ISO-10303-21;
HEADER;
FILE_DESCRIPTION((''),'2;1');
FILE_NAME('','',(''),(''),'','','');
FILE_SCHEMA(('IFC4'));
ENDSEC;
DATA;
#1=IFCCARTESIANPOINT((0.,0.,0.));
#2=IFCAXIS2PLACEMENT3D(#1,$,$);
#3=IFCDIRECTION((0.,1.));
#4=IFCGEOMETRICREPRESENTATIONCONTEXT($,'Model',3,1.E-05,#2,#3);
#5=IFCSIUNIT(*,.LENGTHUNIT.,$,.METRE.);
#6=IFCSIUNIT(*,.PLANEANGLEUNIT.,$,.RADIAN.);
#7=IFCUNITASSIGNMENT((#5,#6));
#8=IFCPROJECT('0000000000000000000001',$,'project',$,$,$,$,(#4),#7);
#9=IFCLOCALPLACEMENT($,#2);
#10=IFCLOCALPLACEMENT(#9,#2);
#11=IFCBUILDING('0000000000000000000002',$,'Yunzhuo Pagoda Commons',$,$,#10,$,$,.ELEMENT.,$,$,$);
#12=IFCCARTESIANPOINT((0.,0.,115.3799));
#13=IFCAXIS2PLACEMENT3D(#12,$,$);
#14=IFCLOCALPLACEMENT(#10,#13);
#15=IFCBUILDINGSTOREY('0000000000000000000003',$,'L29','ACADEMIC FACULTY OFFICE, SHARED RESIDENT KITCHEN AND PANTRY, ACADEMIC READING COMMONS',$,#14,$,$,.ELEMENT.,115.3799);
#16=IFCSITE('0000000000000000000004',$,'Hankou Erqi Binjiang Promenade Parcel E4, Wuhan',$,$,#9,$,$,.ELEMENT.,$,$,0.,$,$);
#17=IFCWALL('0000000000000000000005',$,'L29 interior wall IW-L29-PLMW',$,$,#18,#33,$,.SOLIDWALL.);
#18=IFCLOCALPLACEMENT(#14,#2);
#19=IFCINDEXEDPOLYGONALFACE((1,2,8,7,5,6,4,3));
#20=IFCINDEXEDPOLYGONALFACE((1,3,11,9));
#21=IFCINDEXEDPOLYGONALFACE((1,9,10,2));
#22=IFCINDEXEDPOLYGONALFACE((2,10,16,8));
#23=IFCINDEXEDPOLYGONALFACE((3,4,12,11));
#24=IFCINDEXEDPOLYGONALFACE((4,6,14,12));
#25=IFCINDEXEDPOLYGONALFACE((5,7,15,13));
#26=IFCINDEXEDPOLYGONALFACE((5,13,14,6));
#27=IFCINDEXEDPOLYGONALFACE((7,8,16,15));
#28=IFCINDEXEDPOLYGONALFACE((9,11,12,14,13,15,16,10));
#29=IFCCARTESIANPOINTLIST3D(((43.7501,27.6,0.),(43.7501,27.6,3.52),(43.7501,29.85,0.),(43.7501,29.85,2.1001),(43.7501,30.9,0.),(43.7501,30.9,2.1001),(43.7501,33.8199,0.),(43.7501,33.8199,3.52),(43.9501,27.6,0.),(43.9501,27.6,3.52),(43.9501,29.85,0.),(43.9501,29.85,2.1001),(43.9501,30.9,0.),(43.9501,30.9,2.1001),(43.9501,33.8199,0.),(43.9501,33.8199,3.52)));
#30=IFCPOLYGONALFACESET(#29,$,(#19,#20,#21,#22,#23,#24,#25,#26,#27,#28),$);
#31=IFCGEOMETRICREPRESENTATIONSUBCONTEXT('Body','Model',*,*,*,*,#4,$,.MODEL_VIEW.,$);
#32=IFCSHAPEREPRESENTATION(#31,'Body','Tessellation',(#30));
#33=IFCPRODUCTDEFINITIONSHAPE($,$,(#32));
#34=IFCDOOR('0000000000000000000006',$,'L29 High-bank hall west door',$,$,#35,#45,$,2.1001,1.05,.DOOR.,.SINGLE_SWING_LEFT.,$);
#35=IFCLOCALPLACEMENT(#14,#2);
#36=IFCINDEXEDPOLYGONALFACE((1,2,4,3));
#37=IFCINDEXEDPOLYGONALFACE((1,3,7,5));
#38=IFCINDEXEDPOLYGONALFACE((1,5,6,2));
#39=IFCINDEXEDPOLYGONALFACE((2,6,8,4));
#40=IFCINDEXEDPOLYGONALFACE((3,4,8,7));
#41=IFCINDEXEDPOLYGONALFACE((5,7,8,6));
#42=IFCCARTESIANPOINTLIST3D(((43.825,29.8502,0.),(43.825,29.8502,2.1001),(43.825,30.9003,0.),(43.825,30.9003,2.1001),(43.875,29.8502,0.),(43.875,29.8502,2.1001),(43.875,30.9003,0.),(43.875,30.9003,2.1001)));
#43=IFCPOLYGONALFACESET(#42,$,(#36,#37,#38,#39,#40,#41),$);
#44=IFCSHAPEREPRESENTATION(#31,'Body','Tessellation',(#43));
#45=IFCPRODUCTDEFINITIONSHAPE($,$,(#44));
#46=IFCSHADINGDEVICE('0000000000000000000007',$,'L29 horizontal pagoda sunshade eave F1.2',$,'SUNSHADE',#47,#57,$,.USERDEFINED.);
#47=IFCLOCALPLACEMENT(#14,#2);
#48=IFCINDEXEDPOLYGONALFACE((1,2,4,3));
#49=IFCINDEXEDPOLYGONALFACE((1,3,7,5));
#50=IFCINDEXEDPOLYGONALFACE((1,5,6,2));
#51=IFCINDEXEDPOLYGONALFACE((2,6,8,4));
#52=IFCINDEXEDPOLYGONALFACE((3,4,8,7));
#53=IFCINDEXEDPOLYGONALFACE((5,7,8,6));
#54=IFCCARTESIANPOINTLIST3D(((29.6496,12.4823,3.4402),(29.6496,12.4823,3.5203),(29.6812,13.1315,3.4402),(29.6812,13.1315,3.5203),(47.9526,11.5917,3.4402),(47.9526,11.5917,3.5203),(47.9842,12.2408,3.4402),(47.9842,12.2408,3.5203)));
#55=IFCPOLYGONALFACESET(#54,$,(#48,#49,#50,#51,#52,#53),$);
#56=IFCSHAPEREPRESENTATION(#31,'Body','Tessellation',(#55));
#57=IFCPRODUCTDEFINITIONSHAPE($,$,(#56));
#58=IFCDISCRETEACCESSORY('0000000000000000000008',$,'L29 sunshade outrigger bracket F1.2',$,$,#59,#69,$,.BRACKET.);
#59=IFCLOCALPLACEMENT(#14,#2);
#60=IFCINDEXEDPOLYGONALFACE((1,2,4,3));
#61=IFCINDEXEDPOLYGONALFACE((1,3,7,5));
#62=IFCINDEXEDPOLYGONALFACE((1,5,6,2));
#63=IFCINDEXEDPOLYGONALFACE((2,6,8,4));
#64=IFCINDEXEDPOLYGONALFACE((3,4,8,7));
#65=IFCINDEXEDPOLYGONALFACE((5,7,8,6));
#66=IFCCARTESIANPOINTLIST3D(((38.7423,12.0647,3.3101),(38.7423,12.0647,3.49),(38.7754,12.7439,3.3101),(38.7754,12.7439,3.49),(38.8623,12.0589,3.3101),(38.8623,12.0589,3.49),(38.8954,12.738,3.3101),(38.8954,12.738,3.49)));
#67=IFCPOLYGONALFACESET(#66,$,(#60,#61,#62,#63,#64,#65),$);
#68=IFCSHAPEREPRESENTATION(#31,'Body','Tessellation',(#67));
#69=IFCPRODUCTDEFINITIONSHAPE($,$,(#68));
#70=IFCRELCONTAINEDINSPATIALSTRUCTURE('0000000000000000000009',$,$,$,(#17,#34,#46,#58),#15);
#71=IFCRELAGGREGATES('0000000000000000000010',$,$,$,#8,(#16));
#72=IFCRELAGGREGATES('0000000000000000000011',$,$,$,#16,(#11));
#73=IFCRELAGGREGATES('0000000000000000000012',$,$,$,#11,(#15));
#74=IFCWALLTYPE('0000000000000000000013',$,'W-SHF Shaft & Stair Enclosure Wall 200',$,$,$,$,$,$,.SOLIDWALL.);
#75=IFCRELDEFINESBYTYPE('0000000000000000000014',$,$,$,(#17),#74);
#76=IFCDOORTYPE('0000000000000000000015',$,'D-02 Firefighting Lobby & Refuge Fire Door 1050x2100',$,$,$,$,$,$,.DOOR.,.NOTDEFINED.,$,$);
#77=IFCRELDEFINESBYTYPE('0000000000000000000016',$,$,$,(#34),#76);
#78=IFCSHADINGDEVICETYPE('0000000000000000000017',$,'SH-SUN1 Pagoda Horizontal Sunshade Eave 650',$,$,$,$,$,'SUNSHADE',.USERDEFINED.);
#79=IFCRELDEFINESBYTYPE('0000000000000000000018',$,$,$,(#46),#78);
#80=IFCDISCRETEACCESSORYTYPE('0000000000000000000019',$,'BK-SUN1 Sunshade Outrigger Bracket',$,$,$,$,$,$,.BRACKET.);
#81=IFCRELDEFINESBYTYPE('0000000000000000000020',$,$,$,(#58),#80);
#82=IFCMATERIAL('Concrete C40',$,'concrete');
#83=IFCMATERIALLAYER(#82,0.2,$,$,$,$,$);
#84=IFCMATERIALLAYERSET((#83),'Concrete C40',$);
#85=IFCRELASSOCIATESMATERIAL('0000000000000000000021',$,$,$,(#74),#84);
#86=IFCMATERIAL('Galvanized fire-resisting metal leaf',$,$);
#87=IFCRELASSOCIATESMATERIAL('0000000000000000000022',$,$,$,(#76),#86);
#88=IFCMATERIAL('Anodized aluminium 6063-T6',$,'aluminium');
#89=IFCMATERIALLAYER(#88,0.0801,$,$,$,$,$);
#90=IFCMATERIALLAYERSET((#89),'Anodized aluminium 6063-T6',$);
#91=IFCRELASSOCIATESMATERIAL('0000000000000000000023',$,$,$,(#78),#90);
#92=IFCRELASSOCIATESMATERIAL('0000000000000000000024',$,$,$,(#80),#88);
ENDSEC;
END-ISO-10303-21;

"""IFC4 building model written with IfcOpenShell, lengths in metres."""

from ifc_helpers import new_model, si_unit, direction, frame, frame_2d, origin, origin_2d, place, context, subcontext, project, spatial, rectangle, extrude, source, transform, mapped, material, layer, layer_set, type_object, element, fill, save


model = new_model("IFC4")

# Units and contexts
model_context = context("Model", 3, precision=1e-05, world=origin(), true_north=direction((0.0, 1.0)))
body_context = subcontext(model_context, "Body", "Model", "MODEL_VIEW")
ifc_project = project(units=[si_unit("LENGTHUNIT", "METRE"), si_unit("PLANEANGLEUNIT", "RADIAN")], contexts=[model_context])

# Site, building, storey
site_placement = place(None, origin())
site = spatial("IfcSite", under=ifc_project, at=site_placement, Name="Hankou Erqi Binjiang Promenade Parcel E4, Wuhan", CompositionType="ELEMENT", RefElevation=0.0)
building_placement = place(site_placement, origin())
building = spatial("IfcBuilding", under=site, at=building_placement, Name="Yunzhuo Pagoda Commons", CompositionType="ELEMENT")
storey_placement = place(building_placement, frame((0.0, 0.0, 115.3799)))
storey = spatial("IfcBuildingStorey", under=building, at=storey_placement, Name="L29", Description="ACADEMIC FACULTY OFFICE, SHARED RESIDENT KITCHEN AND PANTRY, ACADEMIC READING COMMONS", CompositionType="ELEMENT", Elevation=115.3799)

# Shared definitions
ifc_material_1 = material(Name="Anodized aluminium 6063-T6", Category="aluminium")

# Shared definitions
ifc_material_2 = material(Name="Galvanized fire-resisting metal leaf")

# Wall, opening, door
ifc_material_3 = material(Name="Concrete C40", Category="concrete")
ifc_layer_1 = layer(ifc_material_3, 0.2)
ifc_layer_set_1 = layer_set([ifc_layer_1], Name="Concrete C40")
wall_type_1 = type_object("IfcWallType", Name="W-SHF Shaft & Stair Enclosure Wall 200", PredefinedType="SOLIDWALL", material=ifc_layer_set_1)
wall_1_placement = place(storey_placement, frame((43.8501, 27.6001, 0.0), z_axis=(0.0, 0.0, 1.0), x_axis=(0.0, 1.0, 0.0)))
wall_1 = element("IfcWall", 1, at=wall_1_placement, inside=storey, type_object=wall_type_1, Name="L29 interior wall IW-L29-PLMW", PredefinedType="SOLIDWALL", context=body_context, shape_type="SweptSolid", body=[
    extrude(rectangle(XDim=6.22, YDim=0.2, at=frame_2d((3.1099, 0.0))), origin(), (0.0, 0.0, 1.0), 3.52),
])
opening_1_placement = place(wall_1_placement, frame((2.25, 0.0, 0.0)))
opening_1 = element("IfcOpeningElement", 2, at=opening_1_placement, cuts=wall_1, PredefinedType="OPENING", context=body_context, shape_type="SweptSolid", body=[
    extrude(rectangle(XDim=1.05, YDim=2.1001, at=frame_2d((0.5249, 1.05))), frame((0.0, 0.1099, 0.0), z_axis=(0.0, -1.0, 0.0), x_axis=(1.0, 0.0, 0.0)), (0.0, 0.0, 1.0), 0.22),
])
door_type_1 = type_object("IfcDoorType", Name="D-02 Firefighting Lobby & Refuge Fire Door 1050x2100", OperationType="NOTDEFINED", PredefinedType="DOOR", material=ifc_material_2)
shared_shape_1 = source(origin(), body_context, "Body", "SweptSolid", [
    extrude(rectangle(XDim=1.05, YDim=2.1001, at=frame_2d((0.5249, 1.05))), frame((0.0, 0.0249, 0.0), z_axis=(0.0, -1.0, 0.0), x_axis=(1.0, 0.0, 0.0)), (0.0, 0.0, 1.0), 0.05),
])
door_1_placement = place(opening_1_placement, frame((1.05, 0.0, 0.0), z_axis=(0.0, 0.0, 1.0), x_axis=(-1.0, 0.0, 0.0)))
door_1 = element("IfcDoor", 3, at=door_1_placement, inside=storey, type_object=door_type_1, Name="L29 High-bank hall west door", OperationType="SINGLE_SWING_LEFT", OverallHeight=2.1001, OverallWidth=1.05, PredefinedType="DOOR", context=body_context, shape_type="MappedRepresentation", body=[
    mapped(shared_shape_1, transform((0.0, 0.0, 0.0), scale=1.0)),
])
fill(opening_1, door_1)

# Shading device
ifc_layer_2 = layer(ifc_material_1, 0.0801)
ifc_layer_set_2 = layer_set([ifc_layer_2], Name="Anodized aluminium 6063-T6")
shading_device_type = type_object("IfcShadingDeviceType", Name="SH-SUN1 Pagoda Horizontal Sunshade Eave 650", ElementType="SUNSHADE", PredefinedType="USERDEFINED", material=ifc_layer_set_2)
shared_shape_2 = source(origin(), body_context, "Body", "SweptSolid", [
    extrude(rectangle(XDim=18.3247, YDim=0.6499, at=origin_2d()), origin(), (0.0, 0.0, 1.0), 0.0801),
])
shading_device_placement = place(storey_placement, frame((38.8169, 12.3616, 3.4402), z_axis=(0.0, 0.0, 1.0), x_axis=(0.998818, -0.048606, 0.0)))
element("IfcShadingDevice", 4, at=shading_device_placement, inside=storey, type_object=shading_device_type, Name="L29 horizontal pagoda sunshade eave F1.2", ObjectType="SUNSHADE", PredefinedType="USERDEFINED", context=body_context, shape_type="MappedRepresentation", body=[
    mapped(shared_shape_2, transform((0.0, 0.0, 0.0), scale=1.0)),
])

# Discrete accessory
discrete_accessory_type = type_object("IfcDiscreteAccessoryType", Name="BK-SUN1 Sunshade Outrigger Bracket", PredefinedType="BRACKET", material=ifc_material_1)
shared_shape_3 = source(origin(), body_context, "Body", "SweptSolid", [
    extrude(rectangle(XDim=0.1201, YDim=0.6799, at=origin_2d()), origin(), (0.0, 0.0, 1.0), 0.1799),
])
discrete_accessory_placement = place(storey_placement, frame((38.8188, 12.4014, 3.3101), z_axis=(0.0, 0.0, 1.0), x_axis=(0.998818, -0.048606, 0.0)))
element("IfcDiscreteAccessory", 5, at=discrete_accessory_placement, inside=storey, type_object=discrete_accessory_type, Name="L29 sunshade outrigger bracket F1.2", PredefinedType="BRACKET", context=body_context, shape_type="MappedRepresentation", body=[
    mapped(shared_shape_3, transform((0.0, 0.0, 0.0), scale=1.0)),
])

save(model, "model.ifc")
